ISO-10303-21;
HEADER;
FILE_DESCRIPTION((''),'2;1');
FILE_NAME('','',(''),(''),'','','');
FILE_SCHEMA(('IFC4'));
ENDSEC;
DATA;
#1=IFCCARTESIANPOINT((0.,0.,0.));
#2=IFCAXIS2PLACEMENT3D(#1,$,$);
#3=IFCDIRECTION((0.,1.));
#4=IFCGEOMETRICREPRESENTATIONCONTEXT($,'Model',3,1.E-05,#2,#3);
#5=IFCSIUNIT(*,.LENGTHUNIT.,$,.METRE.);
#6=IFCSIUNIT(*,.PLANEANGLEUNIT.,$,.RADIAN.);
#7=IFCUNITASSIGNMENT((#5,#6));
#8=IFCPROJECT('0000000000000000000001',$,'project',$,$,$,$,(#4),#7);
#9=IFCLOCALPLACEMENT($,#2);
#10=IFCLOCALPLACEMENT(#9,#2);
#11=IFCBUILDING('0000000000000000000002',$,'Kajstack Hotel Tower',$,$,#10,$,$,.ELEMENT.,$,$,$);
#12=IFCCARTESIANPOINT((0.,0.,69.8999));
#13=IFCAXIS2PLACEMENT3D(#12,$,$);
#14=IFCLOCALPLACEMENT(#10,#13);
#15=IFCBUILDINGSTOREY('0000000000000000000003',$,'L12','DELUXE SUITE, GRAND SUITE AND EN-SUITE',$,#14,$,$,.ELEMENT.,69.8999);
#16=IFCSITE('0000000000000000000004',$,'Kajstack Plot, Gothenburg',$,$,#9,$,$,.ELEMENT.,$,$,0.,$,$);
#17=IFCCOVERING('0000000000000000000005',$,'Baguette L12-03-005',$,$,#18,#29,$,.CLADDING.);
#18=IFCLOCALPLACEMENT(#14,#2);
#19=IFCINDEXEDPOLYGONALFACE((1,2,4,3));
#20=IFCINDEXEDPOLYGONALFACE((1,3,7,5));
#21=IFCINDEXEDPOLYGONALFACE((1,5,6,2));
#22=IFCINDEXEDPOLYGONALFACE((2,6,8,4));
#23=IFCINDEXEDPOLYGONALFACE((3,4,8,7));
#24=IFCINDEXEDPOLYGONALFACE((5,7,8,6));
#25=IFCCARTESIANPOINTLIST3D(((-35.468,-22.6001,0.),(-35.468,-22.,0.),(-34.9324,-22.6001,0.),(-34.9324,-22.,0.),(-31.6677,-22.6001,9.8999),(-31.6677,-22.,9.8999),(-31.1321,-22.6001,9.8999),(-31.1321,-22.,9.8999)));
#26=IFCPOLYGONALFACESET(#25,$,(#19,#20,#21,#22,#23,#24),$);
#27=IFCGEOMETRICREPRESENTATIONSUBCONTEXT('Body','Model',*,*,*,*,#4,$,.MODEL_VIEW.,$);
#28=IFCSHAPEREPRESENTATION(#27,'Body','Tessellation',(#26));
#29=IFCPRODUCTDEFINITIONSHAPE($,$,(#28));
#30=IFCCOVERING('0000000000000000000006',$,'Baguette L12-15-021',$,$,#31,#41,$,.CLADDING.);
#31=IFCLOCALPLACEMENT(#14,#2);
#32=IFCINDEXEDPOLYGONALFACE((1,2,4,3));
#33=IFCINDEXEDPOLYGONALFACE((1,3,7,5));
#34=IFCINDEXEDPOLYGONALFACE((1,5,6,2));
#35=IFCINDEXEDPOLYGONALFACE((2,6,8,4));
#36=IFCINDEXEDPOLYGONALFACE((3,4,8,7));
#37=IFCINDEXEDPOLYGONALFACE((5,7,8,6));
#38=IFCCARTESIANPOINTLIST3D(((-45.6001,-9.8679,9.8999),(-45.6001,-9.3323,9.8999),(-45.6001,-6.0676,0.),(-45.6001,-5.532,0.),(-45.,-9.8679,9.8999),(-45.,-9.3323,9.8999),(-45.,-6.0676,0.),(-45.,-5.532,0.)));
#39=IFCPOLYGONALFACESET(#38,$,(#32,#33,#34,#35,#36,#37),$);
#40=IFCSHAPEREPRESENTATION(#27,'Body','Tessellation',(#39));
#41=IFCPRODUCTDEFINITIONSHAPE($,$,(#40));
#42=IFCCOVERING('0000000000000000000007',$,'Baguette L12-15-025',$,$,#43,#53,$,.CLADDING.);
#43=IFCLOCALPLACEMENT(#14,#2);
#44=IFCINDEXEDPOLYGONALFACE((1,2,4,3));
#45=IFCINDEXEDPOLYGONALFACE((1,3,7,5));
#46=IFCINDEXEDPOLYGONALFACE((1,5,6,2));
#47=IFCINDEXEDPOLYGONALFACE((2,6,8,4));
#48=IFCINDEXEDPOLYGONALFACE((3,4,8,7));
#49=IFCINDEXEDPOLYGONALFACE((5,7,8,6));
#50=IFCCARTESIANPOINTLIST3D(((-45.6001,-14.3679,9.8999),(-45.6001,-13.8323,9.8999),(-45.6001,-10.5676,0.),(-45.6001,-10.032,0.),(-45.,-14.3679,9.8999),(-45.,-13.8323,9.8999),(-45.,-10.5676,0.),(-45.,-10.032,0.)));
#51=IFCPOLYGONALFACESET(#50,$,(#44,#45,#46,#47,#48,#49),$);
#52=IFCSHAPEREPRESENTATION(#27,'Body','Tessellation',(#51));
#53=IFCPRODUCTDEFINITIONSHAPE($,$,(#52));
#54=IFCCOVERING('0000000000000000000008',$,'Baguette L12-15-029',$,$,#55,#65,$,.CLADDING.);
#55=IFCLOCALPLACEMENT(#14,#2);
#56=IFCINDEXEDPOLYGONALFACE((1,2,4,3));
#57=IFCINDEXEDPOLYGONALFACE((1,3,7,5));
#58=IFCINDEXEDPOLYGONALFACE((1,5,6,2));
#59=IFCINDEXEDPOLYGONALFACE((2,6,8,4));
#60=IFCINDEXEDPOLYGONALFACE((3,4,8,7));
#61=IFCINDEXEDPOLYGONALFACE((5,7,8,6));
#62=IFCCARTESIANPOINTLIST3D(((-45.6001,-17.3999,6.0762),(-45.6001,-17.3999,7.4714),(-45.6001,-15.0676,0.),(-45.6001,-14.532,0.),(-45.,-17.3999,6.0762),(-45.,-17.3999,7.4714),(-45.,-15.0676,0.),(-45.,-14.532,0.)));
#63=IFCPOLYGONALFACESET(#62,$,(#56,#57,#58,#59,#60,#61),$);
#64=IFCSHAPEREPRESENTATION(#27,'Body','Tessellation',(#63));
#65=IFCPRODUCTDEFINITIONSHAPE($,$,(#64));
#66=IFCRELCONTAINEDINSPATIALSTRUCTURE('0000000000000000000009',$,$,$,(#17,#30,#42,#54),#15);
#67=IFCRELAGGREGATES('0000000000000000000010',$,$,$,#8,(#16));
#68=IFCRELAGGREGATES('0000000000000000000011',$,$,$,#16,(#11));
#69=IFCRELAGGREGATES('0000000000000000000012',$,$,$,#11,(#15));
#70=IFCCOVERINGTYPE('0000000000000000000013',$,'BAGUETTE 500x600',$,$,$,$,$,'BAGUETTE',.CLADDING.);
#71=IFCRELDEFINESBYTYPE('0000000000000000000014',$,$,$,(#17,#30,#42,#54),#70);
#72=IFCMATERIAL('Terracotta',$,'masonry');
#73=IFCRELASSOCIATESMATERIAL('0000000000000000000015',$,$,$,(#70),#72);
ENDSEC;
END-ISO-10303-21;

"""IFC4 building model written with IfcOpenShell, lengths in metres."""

from ifc_helpers import new_model, si_unit, direction, frame, origin, origin_2d, place, context, subcontext, project, spatial, polyline, rectangle, outline, extrude, material, material_profile, profile_set, type_object, element, save


model = new_model("IFC4")

# Units and contexts
model_context = context("Model", 3, precision=1e-05, world=origin(), true_north=direction((0.0, 1.0)))
body_context = subcontext(model_context, "Body", "Model", "MODEL_VIEW")
ifc_project = project(units=[si_unit("LENGTHUNIT", "METRE"), si_unit("PLANEANGLEUNIT", "RADIAN")], contexts=[model_context])

# Site, building, storey
site_placement = place(None, origin())
site = spatial("IfcSite", under=ifc_project, at=site_placement, Name="Kajstack Plot, Gothenburg", CompositionType="ELEMENT", RefElevation=0.0)
building_placement = place(site_placement, origin())
building = spatial("IfcBuilding", under=site, at=building_placement, Name="Kajstack Hotel Tower", CompositionType="ELEMENT")
storey_placement = place(building_placement, frame((0.0, 0.0, 69.8999)))
storey = spatial("IfcBuildingStorey", under=building, at=storey_placement, Name="L12", Description="DELUXE SUITE, GRAND SUITE AND EN-SUITE", CompositionType="ELEMENT", Elevation=69.8999)

# Coverings
ifc_material_1 = material(Name="Terracotta", Category="masonry")
ifc_material_profile = material_profile(ifc_material_1, rectangle(XDim=0.6001, YDim=0.5, at=origin_2d()), Name="Terracotta-clad concrete baguette 500 x 600")
ifc_profile_set = profile_set([ifc_material_profile], Name="Terracotta")
covering_type = type_object("IfcCoveringType", Name="BAGUETTE 500x600", ElementType="BAGUETTE", PredefinedType="CLADDING", material=ifc_profile_set)
for number, where, z_axis, x_axis, name in (
    (1, (-35.468, -22.0, 0.0), (0.0, -1.0, 0.0), (1.0, 0.0, 0.0), "Baguette L12-03-005"),
    (2, (-45.0, -5.532, 0.0), (-1.0, 0.0, 0.0), (0.0, -1.0, 0.0), "Baguette L12-15-021"),
    (3, (-45.0, -10.032, 0.0), (-1.0, 0.0, 0.0), (0.0, -1.0, 0.0), "Baguette L12-15-025"),
):
    element("IfcCovering", number, at=place(storey_placement, frame(where, z_axis=z_axis, x_axis=x_axis)), inside=storey, type_object=covering_type, Name=name, PredefinedType="CLADDING", context=body_context, shape_type="SweptSolid", body=[
        extrude(outline(polyline([(3.8003, 9.8999), (0.0, 0.0), (0.5356, 0.0), (4.3359, 9.8999), (3.8003, 9.8999)])), origin(), (0.0, 0.0, 1.0), 0.6001),
    ])
covering_placement = place(storey_placement, frame((-45.0, -14.532, 0.0), z_axis=(-1.0, 0.0, 0.0), x_axis=(0.0, -1.0, 0.0)))
element("IfcCovering", 4, at=covering_placement, inside=storey, type_object=covering_type, Name="Baguette L12-15-029", PredefinedType="CLADDING", context=body_context, shape_type="SweptSolid", body=[
    extrude(outline(polyline([(0.5356, 0.0), (2.8679, 6.0762), (2.8679, 7.4714), (0.0, 0.0), (0.5356, 0.0)])), origin(), (0.0, 0.0, 1.0), 0.6001),
])

save(model, "model.ifc")
